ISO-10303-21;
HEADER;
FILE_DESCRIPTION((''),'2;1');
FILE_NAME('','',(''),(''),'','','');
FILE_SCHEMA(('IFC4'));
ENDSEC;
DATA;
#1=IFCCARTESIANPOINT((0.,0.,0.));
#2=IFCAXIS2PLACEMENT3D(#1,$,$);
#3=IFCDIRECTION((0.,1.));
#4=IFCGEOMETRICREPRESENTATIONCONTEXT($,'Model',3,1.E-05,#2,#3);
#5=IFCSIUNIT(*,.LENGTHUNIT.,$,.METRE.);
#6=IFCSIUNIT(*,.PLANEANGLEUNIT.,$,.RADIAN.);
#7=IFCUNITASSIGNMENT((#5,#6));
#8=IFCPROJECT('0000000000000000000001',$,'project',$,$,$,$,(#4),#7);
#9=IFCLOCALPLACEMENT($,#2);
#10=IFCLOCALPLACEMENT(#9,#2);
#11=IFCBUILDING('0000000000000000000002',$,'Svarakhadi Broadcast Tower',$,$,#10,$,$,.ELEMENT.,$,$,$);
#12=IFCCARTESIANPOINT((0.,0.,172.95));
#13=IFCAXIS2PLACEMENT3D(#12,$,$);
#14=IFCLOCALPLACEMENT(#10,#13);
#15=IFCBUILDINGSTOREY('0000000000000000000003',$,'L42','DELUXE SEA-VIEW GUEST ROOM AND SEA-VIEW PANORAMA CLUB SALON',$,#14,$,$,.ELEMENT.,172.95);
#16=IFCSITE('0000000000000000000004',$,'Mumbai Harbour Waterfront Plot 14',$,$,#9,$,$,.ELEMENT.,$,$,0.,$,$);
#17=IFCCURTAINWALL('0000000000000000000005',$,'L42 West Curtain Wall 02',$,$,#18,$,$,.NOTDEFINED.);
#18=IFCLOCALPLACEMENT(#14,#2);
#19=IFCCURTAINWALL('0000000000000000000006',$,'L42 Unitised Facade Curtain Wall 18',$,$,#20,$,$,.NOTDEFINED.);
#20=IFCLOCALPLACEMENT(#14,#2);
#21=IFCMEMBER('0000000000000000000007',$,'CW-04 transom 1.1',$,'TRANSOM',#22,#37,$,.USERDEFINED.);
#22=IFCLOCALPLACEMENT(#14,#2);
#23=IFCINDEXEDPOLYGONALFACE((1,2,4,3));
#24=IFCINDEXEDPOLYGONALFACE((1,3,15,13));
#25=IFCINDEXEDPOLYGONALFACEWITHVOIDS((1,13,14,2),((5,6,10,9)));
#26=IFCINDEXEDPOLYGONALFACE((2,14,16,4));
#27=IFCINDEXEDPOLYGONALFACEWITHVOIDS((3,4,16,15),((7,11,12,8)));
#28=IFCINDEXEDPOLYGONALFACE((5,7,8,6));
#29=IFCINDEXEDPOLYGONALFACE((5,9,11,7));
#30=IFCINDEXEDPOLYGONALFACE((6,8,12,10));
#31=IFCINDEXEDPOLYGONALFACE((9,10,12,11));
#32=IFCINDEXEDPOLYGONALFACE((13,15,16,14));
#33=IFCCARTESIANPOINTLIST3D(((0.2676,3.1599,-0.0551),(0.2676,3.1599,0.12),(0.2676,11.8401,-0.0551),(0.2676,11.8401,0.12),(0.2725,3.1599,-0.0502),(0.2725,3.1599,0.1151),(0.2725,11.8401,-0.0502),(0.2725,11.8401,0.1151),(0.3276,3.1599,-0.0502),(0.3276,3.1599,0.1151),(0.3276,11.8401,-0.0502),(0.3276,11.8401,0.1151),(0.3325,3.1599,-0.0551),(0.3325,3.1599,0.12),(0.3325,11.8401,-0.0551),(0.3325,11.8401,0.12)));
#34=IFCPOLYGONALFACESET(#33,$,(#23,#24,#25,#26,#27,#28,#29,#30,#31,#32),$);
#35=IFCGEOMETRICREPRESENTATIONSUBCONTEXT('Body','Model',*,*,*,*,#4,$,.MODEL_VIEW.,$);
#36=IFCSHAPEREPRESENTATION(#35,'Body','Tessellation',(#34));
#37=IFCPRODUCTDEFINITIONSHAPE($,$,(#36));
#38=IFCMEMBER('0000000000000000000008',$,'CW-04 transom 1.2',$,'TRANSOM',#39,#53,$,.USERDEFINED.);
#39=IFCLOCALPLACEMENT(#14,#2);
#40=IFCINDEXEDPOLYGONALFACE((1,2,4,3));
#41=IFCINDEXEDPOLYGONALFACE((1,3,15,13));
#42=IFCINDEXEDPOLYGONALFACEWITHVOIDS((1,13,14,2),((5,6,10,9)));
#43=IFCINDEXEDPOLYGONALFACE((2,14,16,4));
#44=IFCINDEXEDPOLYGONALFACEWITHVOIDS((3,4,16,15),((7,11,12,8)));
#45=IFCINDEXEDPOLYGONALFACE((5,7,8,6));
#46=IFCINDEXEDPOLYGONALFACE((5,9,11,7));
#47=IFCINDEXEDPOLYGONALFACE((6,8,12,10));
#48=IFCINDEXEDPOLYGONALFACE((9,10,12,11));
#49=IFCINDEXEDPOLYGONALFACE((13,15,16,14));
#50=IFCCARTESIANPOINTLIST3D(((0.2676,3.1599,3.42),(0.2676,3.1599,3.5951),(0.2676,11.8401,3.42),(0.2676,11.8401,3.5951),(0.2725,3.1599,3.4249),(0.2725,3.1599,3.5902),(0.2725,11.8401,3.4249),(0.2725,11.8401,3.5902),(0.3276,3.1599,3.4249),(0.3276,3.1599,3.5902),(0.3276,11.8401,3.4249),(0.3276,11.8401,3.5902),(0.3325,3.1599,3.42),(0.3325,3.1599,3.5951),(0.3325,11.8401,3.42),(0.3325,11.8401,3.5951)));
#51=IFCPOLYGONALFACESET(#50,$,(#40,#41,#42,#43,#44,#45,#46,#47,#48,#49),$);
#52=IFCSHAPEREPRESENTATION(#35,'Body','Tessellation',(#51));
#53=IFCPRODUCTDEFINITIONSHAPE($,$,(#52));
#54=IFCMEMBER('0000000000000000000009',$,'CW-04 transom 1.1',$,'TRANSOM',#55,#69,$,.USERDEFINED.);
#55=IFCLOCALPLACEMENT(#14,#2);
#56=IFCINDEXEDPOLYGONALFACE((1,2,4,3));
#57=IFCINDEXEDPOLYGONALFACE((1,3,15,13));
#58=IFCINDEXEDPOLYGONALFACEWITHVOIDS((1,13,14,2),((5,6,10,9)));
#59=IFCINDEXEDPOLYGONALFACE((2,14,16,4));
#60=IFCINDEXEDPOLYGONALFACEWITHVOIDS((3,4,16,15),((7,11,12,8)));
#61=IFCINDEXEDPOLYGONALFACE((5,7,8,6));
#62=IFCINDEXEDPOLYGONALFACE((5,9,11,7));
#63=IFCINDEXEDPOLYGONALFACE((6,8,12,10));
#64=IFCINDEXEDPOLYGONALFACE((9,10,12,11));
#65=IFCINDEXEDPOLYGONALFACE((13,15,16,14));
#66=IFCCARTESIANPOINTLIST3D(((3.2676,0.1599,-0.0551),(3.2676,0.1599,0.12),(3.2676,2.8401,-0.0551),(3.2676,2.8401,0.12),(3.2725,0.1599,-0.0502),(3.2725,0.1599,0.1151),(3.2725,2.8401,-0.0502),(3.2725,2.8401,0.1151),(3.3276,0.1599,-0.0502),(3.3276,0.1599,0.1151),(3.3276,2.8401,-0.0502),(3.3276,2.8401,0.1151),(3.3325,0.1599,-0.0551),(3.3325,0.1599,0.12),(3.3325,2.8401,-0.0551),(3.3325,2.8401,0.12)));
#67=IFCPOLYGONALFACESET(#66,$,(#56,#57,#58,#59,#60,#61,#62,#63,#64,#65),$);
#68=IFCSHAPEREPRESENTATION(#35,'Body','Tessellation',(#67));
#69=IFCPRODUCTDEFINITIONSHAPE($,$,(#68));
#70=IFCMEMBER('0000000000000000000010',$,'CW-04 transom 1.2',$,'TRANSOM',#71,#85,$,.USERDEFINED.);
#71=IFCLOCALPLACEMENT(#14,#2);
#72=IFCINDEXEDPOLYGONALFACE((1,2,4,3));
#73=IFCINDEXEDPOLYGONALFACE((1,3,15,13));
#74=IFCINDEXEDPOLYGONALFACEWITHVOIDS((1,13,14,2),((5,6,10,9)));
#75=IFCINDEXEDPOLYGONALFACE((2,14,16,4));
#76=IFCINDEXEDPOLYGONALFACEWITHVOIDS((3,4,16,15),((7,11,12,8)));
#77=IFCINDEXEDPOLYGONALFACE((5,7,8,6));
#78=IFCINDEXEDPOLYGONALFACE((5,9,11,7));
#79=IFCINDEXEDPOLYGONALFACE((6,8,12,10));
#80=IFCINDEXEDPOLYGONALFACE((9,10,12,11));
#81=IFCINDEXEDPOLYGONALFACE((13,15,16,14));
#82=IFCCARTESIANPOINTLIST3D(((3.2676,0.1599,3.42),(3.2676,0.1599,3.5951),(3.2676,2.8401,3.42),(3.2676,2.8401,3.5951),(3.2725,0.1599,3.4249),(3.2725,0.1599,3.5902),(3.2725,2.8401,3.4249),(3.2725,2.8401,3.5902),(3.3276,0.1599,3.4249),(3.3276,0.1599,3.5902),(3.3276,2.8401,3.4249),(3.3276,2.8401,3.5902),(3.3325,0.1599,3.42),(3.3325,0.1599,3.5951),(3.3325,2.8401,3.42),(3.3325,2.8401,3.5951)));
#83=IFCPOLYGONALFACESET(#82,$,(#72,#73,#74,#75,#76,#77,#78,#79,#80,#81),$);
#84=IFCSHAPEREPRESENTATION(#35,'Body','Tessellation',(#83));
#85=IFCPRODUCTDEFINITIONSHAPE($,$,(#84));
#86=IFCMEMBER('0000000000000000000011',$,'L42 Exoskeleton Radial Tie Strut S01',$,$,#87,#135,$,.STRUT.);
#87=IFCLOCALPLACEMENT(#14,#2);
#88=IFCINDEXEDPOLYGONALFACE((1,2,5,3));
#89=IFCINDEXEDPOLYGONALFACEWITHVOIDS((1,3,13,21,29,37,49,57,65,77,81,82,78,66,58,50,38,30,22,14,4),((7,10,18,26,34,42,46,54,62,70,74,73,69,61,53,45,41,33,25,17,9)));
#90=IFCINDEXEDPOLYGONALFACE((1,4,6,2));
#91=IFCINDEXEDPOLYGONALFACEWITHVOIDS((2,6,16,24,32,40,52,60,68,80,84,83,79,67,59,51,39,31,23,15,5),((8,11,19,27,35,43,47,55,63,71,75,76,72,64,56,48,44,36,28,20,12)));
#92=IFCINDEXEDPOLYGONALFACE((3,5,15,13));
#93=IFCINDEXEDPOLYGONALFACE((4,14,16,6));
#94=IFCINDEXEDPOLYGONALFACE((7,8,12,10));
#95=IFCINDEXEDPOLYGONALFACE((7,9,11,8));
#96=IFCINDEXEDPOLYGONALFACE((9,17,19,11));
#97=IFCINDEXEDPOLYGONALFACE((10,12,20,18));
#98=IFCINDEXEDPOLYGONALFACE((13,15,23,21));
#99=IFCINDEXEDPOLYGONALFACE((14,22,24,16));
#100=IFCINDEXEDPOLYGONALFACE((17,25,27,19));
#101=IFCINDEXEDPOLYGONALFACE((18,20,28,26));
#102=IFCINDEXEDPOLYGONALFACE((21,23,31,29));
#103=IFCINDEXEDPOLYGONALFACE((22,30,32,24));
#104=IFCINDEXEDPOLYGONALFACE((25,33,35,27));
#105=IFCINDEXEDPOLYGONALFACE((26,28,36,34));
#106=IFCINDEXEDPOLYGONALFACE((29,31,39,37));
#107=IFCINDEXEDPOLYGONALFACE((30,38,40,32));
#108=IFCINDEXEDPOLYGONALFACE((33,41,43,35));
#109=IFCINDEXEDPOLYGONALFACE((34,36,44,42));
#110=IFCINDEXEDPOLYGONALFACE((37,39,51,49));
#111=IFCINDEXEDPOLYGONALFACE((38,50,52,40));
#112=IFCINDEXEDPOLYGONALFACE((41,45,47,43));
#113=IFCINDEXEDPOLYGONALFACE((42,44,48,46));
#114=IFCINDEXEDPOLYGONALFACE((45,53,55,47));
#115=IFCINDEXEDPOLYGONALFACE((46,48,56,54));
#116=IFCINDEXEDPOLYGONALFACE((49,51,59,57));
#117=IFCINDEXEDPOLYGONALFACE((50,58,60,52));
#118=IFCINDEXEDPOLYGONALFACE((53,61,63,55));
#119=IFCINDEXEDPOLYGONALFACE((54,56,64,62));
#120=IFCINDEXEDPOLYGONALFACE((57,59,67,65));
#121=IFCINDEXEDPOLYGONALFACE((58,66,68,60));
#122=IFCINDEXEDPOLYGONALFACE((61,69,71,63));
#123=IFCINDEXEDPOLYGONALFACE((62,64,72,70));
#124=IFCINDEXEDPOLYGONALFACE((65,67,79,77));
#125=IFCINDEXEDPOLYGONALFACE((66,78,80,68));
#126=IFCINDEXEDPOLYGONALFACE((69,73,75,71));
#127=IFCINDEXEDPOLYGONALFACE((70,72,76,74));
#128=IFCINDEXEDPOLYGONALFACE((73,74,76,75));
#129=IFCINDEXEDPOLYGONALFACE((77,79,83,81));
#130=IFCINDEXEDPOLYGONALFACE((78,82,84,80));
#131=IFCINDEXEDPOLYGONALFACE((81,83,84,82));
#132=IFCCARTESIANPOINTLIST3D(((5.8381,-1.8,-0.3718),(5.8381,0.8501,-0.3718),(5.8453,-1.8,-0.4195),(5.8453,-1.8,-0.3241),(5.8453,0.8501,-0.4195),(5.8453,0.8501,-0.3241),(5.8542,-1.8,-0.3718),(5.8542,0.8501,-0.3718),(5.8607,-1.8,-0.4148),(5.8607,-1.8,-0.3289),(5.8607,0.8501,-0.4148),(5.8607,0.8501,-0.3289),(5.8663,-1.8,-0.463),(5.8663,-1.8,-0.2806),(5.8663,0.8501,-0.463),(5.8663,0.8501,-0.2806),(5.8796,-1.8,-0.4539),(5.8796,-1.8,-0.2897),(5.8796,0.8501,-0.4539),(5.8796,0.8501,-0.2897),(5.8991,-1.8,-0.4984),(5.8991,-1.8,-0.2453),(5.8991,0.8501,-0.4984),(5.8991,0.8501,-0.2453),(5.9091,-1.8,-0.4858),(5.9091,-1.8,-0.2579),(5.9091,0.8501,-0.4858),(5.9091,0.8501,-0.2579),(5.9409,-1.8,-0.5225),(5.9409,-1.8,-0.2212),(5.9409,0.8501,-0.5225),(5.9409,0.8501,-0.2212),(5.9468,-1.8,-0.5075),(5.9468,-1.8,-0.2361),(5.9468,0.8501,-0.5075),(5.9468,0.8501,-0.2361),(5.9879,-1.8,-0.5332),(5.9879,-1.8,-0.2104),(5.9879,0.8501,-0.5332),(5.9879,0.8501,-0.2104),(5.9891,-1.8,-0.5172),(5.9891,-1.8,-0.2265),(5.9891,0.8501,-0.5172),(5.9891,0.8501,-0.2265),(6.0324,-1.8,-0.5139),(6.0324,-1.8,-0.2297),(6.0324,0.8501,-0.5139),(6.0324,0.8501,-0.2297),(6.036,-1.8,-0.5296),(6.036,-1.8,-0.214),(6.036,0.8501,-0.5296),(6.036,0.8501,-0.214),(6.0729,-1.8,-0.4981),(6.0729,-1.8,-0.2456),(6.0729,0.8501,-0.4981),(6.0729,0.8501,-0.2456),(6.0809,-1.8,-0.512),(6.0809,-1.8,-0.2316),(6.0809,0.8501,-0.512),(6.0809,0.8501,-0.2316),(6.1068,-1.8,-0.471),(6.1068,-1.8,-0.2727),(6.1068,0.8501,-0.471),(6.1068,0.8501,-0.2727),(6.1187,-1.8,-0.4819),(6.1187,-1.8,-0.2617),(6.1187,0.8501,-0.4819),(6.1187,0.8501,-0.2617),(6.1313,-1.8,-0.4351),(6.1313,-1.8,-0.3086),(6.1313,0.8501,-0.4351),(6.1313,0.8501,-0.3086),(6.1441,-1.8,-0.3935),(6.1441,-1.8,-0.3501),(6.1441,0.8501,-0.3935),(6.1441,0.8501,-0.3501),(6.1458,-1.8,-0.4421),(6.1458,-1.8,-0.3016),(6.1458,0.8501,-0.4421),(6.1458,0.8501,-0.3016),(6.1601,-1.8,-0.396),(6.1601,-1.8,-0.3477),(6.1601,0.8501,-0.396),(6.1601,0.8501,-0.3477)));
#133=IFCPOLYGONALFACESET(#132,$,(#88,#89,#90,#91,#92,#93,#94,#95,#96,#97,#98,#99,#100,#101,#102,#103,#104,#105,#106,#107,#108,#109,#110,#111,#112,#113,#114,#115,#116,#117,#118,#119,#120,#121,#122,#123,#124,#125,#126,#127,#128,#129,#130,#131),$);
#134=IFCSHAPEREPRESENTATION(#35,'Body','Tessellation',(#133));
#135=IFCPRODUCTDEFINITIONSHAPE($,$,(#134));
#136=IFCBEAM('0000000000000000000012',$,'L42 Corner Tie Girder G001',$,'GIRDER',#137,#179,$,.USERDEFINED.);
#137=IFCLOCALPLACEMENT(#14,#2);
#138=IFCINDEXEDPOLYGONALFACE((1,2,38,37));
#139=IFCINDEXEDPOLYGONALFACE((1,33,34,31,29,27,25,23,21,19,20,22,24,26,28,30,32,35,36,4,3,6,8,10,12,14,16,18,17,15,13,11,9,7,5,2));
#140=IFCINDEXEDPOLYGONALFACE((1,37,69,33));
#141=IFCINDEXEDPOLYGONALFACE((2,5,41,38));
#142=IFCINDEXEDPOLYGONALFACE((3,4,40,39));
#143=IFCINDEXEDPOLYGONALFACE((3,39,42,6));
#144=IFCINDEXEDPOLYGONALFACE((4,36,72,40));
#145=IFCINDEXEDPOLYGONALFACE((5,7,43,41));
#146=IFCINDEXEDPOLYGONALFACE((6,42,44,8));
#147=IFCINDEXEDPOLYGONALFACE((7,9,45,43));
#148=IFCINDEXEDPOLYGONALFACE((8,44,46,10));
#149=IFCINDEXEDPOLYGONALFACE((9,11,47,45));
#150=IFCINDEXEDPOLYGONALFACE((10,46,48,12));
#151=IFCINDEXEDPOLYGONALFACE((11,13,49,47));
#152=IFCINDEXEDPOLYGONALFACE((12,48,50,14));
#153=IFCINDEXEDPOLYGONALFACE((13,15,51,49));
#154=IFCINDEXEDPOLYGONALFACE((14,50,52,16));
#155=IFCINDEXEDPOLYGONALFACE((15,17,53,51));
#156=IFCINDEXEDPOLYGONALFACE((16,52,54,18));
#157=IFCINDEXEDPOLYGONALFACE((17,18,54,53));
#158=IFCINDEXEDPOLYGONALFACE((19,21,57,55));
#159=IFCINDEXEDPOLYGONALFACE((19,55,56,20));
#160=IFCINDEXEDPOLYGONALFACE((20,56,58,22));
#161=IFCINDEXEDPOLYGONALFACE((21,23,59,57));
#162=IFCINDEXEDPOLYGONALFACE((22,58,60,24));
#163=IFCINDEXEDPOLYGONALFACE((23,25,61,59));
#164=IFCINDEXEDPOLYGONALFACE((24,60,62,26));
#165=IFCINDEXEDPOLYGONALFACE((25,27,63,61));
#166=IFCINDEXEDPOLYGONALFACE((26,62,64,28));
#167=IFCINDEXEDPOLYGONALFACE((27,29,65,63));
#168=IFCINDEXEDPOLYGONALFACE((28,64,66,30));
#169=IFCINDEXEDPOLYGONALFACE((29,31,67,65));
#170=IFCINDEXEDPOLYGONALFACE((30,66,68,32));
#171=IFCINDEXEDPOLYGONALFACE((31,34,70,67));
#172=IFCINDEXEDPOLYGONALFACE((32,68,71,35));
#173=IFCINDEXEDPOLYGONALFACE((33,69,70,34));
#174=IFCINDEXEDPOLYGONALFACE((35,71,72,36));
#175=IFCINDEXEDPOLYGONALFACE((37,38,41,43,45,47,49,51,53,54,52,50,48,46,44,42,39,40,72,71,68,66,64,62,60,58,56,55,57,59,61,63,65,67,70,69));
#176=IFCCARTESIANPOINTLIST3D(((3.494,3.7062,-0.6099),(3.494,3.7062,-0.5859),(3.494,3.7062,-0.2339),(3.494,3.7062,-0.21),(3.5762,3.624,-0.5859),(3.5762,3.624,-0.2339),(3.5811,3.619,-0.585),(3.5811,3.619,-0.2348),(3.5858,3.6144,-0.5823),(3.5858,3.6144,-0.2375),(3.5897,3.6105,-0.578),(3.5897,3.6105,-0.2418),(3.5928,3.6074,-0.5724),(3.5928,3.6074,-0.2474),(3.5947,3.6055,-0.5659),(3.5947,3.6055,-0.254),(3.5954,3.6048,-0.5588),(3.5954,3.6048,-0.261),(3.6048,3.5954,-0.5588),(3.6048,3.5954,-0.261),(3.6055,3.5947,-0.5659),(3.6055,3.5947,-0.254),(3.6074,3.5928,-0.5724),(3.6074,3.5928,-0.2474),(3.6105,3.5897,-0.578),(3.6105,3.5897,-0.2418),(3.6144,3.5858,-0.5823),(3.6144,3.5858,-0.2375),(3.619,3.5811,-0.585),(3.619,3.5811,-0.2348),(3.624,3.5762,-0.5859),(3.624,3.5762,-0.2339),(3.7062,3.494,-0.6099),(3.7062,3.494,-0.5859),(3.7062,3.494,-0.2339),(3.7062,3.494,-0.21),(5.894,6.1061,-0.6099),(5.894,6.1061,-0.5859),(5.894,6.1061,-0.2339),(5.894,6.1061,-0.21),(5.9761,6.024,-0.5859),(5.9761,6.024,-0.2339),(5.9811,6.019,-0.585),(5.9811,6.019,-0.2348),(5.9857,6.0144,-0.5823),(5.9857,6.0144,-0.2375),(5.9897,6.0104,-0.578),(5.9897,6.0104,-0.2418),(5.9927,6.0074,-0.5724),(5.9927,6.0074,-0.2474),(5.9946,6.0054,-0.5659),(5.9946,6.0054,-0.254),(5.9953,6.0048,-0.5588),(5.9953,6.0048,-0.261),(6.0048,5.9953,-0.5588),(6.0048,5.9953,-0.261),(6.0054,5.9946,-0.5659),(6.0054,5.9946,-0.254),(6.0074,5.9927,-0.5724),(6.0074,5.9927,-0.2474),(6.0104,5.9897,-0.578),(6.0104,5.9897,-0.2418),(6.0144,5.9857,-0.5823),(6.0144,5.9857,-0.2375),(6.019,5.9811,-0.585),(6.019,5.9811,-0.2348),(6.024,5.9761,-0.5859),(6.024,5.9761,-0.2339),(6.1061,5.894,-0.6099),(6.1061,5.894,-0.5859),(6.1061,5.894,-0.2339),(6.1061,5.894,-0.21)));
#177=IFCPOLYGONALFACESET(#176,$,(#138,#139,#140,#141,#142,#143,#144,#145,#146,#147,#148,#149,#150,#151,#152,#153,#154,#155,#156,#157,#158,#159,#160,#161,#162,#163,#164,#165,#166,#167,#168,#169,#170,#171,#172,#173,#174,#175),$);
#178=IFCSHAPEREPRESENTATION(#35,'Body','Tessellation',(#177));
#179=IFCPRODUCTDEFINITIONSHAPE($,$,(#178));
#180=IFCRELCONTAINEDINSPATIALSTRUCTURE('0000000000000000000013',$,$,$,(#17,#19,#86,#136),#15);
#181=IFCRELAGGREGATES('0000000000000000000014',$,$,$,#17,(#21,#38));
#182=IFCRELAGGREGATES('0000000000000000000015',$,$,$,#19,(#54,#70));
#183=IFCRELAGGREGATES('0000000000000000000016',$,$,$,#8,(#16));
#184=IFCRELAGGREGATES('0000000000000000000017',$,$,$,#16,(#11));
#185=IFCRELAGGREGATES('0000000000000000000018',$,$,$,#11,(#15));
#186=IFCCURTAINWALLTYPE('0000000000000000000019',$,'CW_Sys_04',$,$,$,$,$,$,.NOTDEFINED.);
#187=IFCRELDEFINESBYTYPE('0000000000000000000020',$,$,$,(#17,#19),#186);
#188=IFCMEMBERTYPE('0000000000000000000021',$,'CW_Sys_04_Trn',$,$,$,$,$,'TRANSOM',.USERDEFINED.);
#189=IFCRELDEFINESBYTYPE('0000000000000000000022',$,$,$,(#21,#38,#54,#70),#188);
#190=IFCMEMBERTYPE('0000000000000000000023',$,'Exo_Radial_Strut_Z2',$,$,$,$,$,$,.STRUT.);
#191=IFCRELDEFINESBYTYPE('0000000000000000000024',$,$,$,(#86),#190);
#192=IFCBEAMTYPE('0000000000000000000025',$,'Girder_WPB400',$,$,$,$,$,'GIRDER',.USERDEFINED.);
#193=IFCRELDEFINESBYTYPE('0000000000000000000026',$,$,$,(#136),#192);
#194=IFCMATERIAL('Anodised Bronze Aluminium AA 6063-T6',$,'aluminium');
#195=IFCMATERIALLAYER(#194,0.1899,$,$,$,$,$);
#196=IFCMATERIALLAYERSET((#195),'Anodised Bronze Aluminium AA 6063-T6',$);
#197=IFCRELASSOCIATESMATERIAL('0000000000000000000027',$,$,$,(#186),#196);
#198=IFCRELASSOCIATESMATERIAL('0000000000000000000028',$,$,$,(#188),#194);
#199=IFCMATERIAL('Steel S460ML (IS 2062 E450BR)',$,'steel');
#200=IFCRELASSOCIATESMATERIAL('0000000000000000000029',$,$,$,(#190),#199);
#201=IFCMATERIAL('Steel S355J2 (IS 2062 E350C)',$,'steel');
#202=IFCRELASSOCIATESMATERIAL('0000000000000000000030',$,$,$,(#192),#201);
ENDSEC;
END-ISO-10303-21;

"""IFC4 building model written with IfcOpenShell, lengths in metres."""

from ifc_helpers import new_model, si_unit, direction, frame, origin, origin_2d, place, context, subcontext, project, spatial, hollow_rectangle, hollow_circle, i_section, extrude, material, layer, layer_set, material_profile, profile_set, type_object, element, aggregate, save


model = new_model("IFC4")

# Units and contexts
model_context = context("Model", 3, precision=1e-05, world=origin(), true_north=direction((0.0, 1.0)))
body_context = subcontext(model_context, "Body", "Model", "MODEL_VIEW")
ifc_project = project(units=[si_unit("LENGTHUNIT", "METRE"), si_unit("PLANEANGLEUNIT", "RADIAN")], contexts=[model_context])

# Site, building, storey
site_placement = place(None, origin())
site = spatial("IfcSite", under=ifc_project, at=site_placement, Name="Mumbai Harbour Waterfront Plot 14", CompositionType="ELEMENT", RefElevation=0.0)
building_placement = place(site_placement, origin())
building = spatial("IfcBuilding", under=site, at=building_placement, Name="Svarakhadi Broadcast Tower", CompositionType="ELEMENT")
storey_placement = place(building_placement, frame((0.0, 0.0, 172.95)))
storey = spatial("IfcBuildingStorey", under=building, at=storey_placement, Name="L42", Description="DELUXE SEA-VIEW GUEST ROOM AND SEA-VIEW PANORAMA CLUB SALON", CompositionType="ELEMENT", Elevation=172.95)

# Shared definitions
ifc_material_1 = material(Name="Steel S460ML (IS 2062 E450BR)", Category="steel")

# Shared definitions
ifc_material_2 = material(Name="Anodised Bronze Aluminium AA 6063-T6", Category="aluminium")
ifc_layer_1 = layer(ifc_material_2, 0.1899)
ifc_layer_set_1 = layer_set([ifc_layer_1], Name="Anodised Bronze Aluminium AA 6063-T6")
curtain_wall_type = type_object("IfcCurtainWallType", Name="CW_Sys_04", PredefinedType="NOTDEFINED", material=ifc_layer_set_1)

# Curtain wall
curtain_wall_1_placement = place(storey_placement, origin())
curtain_wall_1 = element("IfcCurtainWall", 1, at=curtain_wall_1_placement, inside=storey, type_object=curtain_wall_type, Name="L42 West Curtain Wall 02", PredefinedType="NOTDEFINED")

# Curtain wall
curtain_wall_2_placement = place(storey_placement, origin())
curtain_wall_2 = element("IfcCurtainWall", 2, at=curtain_wall_2_placement, inside=storey, type_object=curtain_wall_type, Name="L42 Unitised Facade Curtain Wall 18", PredefinedType="NOTDEFINED")

# Members
ifc_material_profile_1 = material_profile(ifc_material_2, hollow_rectangle(XDim=0.0649, YDim=0.175, WallThickness=0.0049, at=origin_2d()), Name="ALU TRANSOM 175x65x5")
ifc_profile_set_1 = profile_set([ifc_material_profile_1], Name="Anodised Bronze Aluminium AA 6063-T6")
member_type_1 = type_object("IfcMemberType", Name="CW_Sys_04_Trn", ElementType="TRANSOM", PredefinedType="USERDEFINED", material=ifc_profile_set_1)
member_1_placement = place(storey_placement, frame((0.3, 3.1599, 0.0325), z_axis=(0.0, 1.0, 0.0), x_axis=(-1.0, 0.0, 0.0)))
member_1 = element("IfcMember", 3, at=member_1_placement, type_object=member_type_1, Name="CW-04 transom 1.1", ObjectType="TRANSOM", PredefinedType="USERDEFINED", context=body_context, shape_type="SweptSolid", body=[
    extrude(hollow_rectangle(XDim=0.0649, YDim=0.175, WallThickness=0.0049, at=origin_2d()), origin(), (0.0, 0.0, 1.0), 8.6802),
])
member_2_placement = place(storey_placement, frame((0.3, 3.1599, 3.5076), z_axis=(0.0, 1.0, 0.0), x_axis=(-1.0, 0.0, 0.0)))
member_2 = element("IfcMember", 4, at=member_2_placement, type_object=member_type_1, Name="CW-04 transom 1.2", ObjectType="TRANSOM", PredefinedType="USERDEFINED", context=body_context, shape_type="SweptSolid", body=[
    extrude(hollow_rectangle(XDim=0.0649, YDim=0.175, WallThickness=0.0049, at=origin_2d()), origin(), (0.0, 0.0, 1.0), 8.6802),
])
aggregate(curtain_wall_1, [member_1, member_2])
member_3_placement = place(storey_placement, frame((3.3, 0.1599, 0.0325), z_axis=(0.0, 1.0, 0.0), x_axis=(-1.0, 0.0, 0.0)))
member_3 = element("IfcMember", 5, at=member_3_placement, type_object=member_type_1, Name="CW-04 transom 1.1", ObjectType="TRANSOM", PredefinedType="USERDEFINED", context=body_context, shape_type="SweptSolid", body=[
    extrude(hollow_rectangle(XDim=0.0649, YDim=0.175, WallThickness=0.0049, at=origin_2d()), origin(), (0.0, 0.0, 1.0), 2.6802),
])
member_4_placement = place(storey_placement, frame((3.3, 0.1599, 3.5076), z_axis=(0.0, 1.0, 0.0), x_axis=(-1.0, 0.0, 0.0)))
member_4 = element("IfcMember", 6, at=member_4_placement, type_object=member_type_1, Name="CW-04 transom 1.2", ObjectType="TRANSOM", PredefinedType="USERDEFINED", context=body_context, shape_type="SweptSolid", body=[
    extrude(hollow_rectangle(XDim=0.0649, YDim=0.175, WallThickness=0.0049, at=origin_2d()), origin(), (0.0, 0.0, 1.0), 2.6802),
])
ifc_material_profile_2 = material_profile(ifc_material_1, hollow_circle(Radius=0.1619, WallThickness=0.0161, at=origin_2d()), Name="CHS 323.9x16")
ifc_profile_set_2 = profile_set([ifc_material_profile_2], Name="Steel S460ML (IS 2062 E450BR)")
member_type_2 = type_object("IfcMemberType", Name="Exo_Radial_Strut_Z2", PredefinedType="STRUT", material=ifc_profile_set_2)
member_5_placement = place(storey_placement, frame((6.0, -1.8, -0.3718), z_axis=(0.0, 1.0, 0.0), x_axis=(-1.0, 0.0, 0.0)))
element("IfcMember", 7, at=member_5_placement, inside=storey, type_object=member_type_2, Name="L42 Exoskeleton Radial Tie Strut S01", PredefinedType="STRUT", context=body_context, shape_type="SweptSolid", body=[
    extrude(hollow_circle(Radius=0.1619, WallThickness=0.0161, at=origin_2d()), origin(), (0.0, 0.0, 1.0), 2.6501),
])

# Beam
ifc_material_3 = material(Name="Steel S355J2 (IS 2062 E350C)", Category="steel")
ifc_material_profile_3 = material_profile(ifc_material_3, i_section(OverallWidth=0.3, OverallDepth=0.3999, WebThickness=0.0134, FlangeThickness=0.0239, FilletRadius=0.0271, at=origin_2d()), Name="WPB 400x300x155")
ifc_profile_set_3 = profile_set([ifc_material_profile_3], Name="Steel S355J2 (IS 2062 E350C)")
beam_type = type_object("IfcBeamType", Name="Girder_WPB400", ElementType="GIRDER", PredefinedType="USERDEFINED", material=ifc_profile_set_3)
beam_1_placement = place(storey_placement, frame((3.6001, 3.6001, -0.4099), z_axis=(0.707107, 0.707107, 0.0), x_axis=(-0.707107, 0.707107, 0.0)))
element("IfcBeam", 8, at=beam_1_placement, inside=storey, type_object=beam_type, Name="L42 Corner Tie Girder G001", ObjectType="GIRDER", PredefinedType="USERDEFINED", context=body_context, shape_type="SweptSolid", body=[
    extrude(i_section(OverallWidth=0.3, OverallDepth=0.3999, WebThickness=0.0134, FlangeThickness=0.0239, FilletRadius=0.0271, at=origin_2d()), origin(), (0.0, 0.0, 1.0), 3.394),
])

aggregate(curtain_wall_2, [member_3, member_4])

save(model, "model.ifc")
